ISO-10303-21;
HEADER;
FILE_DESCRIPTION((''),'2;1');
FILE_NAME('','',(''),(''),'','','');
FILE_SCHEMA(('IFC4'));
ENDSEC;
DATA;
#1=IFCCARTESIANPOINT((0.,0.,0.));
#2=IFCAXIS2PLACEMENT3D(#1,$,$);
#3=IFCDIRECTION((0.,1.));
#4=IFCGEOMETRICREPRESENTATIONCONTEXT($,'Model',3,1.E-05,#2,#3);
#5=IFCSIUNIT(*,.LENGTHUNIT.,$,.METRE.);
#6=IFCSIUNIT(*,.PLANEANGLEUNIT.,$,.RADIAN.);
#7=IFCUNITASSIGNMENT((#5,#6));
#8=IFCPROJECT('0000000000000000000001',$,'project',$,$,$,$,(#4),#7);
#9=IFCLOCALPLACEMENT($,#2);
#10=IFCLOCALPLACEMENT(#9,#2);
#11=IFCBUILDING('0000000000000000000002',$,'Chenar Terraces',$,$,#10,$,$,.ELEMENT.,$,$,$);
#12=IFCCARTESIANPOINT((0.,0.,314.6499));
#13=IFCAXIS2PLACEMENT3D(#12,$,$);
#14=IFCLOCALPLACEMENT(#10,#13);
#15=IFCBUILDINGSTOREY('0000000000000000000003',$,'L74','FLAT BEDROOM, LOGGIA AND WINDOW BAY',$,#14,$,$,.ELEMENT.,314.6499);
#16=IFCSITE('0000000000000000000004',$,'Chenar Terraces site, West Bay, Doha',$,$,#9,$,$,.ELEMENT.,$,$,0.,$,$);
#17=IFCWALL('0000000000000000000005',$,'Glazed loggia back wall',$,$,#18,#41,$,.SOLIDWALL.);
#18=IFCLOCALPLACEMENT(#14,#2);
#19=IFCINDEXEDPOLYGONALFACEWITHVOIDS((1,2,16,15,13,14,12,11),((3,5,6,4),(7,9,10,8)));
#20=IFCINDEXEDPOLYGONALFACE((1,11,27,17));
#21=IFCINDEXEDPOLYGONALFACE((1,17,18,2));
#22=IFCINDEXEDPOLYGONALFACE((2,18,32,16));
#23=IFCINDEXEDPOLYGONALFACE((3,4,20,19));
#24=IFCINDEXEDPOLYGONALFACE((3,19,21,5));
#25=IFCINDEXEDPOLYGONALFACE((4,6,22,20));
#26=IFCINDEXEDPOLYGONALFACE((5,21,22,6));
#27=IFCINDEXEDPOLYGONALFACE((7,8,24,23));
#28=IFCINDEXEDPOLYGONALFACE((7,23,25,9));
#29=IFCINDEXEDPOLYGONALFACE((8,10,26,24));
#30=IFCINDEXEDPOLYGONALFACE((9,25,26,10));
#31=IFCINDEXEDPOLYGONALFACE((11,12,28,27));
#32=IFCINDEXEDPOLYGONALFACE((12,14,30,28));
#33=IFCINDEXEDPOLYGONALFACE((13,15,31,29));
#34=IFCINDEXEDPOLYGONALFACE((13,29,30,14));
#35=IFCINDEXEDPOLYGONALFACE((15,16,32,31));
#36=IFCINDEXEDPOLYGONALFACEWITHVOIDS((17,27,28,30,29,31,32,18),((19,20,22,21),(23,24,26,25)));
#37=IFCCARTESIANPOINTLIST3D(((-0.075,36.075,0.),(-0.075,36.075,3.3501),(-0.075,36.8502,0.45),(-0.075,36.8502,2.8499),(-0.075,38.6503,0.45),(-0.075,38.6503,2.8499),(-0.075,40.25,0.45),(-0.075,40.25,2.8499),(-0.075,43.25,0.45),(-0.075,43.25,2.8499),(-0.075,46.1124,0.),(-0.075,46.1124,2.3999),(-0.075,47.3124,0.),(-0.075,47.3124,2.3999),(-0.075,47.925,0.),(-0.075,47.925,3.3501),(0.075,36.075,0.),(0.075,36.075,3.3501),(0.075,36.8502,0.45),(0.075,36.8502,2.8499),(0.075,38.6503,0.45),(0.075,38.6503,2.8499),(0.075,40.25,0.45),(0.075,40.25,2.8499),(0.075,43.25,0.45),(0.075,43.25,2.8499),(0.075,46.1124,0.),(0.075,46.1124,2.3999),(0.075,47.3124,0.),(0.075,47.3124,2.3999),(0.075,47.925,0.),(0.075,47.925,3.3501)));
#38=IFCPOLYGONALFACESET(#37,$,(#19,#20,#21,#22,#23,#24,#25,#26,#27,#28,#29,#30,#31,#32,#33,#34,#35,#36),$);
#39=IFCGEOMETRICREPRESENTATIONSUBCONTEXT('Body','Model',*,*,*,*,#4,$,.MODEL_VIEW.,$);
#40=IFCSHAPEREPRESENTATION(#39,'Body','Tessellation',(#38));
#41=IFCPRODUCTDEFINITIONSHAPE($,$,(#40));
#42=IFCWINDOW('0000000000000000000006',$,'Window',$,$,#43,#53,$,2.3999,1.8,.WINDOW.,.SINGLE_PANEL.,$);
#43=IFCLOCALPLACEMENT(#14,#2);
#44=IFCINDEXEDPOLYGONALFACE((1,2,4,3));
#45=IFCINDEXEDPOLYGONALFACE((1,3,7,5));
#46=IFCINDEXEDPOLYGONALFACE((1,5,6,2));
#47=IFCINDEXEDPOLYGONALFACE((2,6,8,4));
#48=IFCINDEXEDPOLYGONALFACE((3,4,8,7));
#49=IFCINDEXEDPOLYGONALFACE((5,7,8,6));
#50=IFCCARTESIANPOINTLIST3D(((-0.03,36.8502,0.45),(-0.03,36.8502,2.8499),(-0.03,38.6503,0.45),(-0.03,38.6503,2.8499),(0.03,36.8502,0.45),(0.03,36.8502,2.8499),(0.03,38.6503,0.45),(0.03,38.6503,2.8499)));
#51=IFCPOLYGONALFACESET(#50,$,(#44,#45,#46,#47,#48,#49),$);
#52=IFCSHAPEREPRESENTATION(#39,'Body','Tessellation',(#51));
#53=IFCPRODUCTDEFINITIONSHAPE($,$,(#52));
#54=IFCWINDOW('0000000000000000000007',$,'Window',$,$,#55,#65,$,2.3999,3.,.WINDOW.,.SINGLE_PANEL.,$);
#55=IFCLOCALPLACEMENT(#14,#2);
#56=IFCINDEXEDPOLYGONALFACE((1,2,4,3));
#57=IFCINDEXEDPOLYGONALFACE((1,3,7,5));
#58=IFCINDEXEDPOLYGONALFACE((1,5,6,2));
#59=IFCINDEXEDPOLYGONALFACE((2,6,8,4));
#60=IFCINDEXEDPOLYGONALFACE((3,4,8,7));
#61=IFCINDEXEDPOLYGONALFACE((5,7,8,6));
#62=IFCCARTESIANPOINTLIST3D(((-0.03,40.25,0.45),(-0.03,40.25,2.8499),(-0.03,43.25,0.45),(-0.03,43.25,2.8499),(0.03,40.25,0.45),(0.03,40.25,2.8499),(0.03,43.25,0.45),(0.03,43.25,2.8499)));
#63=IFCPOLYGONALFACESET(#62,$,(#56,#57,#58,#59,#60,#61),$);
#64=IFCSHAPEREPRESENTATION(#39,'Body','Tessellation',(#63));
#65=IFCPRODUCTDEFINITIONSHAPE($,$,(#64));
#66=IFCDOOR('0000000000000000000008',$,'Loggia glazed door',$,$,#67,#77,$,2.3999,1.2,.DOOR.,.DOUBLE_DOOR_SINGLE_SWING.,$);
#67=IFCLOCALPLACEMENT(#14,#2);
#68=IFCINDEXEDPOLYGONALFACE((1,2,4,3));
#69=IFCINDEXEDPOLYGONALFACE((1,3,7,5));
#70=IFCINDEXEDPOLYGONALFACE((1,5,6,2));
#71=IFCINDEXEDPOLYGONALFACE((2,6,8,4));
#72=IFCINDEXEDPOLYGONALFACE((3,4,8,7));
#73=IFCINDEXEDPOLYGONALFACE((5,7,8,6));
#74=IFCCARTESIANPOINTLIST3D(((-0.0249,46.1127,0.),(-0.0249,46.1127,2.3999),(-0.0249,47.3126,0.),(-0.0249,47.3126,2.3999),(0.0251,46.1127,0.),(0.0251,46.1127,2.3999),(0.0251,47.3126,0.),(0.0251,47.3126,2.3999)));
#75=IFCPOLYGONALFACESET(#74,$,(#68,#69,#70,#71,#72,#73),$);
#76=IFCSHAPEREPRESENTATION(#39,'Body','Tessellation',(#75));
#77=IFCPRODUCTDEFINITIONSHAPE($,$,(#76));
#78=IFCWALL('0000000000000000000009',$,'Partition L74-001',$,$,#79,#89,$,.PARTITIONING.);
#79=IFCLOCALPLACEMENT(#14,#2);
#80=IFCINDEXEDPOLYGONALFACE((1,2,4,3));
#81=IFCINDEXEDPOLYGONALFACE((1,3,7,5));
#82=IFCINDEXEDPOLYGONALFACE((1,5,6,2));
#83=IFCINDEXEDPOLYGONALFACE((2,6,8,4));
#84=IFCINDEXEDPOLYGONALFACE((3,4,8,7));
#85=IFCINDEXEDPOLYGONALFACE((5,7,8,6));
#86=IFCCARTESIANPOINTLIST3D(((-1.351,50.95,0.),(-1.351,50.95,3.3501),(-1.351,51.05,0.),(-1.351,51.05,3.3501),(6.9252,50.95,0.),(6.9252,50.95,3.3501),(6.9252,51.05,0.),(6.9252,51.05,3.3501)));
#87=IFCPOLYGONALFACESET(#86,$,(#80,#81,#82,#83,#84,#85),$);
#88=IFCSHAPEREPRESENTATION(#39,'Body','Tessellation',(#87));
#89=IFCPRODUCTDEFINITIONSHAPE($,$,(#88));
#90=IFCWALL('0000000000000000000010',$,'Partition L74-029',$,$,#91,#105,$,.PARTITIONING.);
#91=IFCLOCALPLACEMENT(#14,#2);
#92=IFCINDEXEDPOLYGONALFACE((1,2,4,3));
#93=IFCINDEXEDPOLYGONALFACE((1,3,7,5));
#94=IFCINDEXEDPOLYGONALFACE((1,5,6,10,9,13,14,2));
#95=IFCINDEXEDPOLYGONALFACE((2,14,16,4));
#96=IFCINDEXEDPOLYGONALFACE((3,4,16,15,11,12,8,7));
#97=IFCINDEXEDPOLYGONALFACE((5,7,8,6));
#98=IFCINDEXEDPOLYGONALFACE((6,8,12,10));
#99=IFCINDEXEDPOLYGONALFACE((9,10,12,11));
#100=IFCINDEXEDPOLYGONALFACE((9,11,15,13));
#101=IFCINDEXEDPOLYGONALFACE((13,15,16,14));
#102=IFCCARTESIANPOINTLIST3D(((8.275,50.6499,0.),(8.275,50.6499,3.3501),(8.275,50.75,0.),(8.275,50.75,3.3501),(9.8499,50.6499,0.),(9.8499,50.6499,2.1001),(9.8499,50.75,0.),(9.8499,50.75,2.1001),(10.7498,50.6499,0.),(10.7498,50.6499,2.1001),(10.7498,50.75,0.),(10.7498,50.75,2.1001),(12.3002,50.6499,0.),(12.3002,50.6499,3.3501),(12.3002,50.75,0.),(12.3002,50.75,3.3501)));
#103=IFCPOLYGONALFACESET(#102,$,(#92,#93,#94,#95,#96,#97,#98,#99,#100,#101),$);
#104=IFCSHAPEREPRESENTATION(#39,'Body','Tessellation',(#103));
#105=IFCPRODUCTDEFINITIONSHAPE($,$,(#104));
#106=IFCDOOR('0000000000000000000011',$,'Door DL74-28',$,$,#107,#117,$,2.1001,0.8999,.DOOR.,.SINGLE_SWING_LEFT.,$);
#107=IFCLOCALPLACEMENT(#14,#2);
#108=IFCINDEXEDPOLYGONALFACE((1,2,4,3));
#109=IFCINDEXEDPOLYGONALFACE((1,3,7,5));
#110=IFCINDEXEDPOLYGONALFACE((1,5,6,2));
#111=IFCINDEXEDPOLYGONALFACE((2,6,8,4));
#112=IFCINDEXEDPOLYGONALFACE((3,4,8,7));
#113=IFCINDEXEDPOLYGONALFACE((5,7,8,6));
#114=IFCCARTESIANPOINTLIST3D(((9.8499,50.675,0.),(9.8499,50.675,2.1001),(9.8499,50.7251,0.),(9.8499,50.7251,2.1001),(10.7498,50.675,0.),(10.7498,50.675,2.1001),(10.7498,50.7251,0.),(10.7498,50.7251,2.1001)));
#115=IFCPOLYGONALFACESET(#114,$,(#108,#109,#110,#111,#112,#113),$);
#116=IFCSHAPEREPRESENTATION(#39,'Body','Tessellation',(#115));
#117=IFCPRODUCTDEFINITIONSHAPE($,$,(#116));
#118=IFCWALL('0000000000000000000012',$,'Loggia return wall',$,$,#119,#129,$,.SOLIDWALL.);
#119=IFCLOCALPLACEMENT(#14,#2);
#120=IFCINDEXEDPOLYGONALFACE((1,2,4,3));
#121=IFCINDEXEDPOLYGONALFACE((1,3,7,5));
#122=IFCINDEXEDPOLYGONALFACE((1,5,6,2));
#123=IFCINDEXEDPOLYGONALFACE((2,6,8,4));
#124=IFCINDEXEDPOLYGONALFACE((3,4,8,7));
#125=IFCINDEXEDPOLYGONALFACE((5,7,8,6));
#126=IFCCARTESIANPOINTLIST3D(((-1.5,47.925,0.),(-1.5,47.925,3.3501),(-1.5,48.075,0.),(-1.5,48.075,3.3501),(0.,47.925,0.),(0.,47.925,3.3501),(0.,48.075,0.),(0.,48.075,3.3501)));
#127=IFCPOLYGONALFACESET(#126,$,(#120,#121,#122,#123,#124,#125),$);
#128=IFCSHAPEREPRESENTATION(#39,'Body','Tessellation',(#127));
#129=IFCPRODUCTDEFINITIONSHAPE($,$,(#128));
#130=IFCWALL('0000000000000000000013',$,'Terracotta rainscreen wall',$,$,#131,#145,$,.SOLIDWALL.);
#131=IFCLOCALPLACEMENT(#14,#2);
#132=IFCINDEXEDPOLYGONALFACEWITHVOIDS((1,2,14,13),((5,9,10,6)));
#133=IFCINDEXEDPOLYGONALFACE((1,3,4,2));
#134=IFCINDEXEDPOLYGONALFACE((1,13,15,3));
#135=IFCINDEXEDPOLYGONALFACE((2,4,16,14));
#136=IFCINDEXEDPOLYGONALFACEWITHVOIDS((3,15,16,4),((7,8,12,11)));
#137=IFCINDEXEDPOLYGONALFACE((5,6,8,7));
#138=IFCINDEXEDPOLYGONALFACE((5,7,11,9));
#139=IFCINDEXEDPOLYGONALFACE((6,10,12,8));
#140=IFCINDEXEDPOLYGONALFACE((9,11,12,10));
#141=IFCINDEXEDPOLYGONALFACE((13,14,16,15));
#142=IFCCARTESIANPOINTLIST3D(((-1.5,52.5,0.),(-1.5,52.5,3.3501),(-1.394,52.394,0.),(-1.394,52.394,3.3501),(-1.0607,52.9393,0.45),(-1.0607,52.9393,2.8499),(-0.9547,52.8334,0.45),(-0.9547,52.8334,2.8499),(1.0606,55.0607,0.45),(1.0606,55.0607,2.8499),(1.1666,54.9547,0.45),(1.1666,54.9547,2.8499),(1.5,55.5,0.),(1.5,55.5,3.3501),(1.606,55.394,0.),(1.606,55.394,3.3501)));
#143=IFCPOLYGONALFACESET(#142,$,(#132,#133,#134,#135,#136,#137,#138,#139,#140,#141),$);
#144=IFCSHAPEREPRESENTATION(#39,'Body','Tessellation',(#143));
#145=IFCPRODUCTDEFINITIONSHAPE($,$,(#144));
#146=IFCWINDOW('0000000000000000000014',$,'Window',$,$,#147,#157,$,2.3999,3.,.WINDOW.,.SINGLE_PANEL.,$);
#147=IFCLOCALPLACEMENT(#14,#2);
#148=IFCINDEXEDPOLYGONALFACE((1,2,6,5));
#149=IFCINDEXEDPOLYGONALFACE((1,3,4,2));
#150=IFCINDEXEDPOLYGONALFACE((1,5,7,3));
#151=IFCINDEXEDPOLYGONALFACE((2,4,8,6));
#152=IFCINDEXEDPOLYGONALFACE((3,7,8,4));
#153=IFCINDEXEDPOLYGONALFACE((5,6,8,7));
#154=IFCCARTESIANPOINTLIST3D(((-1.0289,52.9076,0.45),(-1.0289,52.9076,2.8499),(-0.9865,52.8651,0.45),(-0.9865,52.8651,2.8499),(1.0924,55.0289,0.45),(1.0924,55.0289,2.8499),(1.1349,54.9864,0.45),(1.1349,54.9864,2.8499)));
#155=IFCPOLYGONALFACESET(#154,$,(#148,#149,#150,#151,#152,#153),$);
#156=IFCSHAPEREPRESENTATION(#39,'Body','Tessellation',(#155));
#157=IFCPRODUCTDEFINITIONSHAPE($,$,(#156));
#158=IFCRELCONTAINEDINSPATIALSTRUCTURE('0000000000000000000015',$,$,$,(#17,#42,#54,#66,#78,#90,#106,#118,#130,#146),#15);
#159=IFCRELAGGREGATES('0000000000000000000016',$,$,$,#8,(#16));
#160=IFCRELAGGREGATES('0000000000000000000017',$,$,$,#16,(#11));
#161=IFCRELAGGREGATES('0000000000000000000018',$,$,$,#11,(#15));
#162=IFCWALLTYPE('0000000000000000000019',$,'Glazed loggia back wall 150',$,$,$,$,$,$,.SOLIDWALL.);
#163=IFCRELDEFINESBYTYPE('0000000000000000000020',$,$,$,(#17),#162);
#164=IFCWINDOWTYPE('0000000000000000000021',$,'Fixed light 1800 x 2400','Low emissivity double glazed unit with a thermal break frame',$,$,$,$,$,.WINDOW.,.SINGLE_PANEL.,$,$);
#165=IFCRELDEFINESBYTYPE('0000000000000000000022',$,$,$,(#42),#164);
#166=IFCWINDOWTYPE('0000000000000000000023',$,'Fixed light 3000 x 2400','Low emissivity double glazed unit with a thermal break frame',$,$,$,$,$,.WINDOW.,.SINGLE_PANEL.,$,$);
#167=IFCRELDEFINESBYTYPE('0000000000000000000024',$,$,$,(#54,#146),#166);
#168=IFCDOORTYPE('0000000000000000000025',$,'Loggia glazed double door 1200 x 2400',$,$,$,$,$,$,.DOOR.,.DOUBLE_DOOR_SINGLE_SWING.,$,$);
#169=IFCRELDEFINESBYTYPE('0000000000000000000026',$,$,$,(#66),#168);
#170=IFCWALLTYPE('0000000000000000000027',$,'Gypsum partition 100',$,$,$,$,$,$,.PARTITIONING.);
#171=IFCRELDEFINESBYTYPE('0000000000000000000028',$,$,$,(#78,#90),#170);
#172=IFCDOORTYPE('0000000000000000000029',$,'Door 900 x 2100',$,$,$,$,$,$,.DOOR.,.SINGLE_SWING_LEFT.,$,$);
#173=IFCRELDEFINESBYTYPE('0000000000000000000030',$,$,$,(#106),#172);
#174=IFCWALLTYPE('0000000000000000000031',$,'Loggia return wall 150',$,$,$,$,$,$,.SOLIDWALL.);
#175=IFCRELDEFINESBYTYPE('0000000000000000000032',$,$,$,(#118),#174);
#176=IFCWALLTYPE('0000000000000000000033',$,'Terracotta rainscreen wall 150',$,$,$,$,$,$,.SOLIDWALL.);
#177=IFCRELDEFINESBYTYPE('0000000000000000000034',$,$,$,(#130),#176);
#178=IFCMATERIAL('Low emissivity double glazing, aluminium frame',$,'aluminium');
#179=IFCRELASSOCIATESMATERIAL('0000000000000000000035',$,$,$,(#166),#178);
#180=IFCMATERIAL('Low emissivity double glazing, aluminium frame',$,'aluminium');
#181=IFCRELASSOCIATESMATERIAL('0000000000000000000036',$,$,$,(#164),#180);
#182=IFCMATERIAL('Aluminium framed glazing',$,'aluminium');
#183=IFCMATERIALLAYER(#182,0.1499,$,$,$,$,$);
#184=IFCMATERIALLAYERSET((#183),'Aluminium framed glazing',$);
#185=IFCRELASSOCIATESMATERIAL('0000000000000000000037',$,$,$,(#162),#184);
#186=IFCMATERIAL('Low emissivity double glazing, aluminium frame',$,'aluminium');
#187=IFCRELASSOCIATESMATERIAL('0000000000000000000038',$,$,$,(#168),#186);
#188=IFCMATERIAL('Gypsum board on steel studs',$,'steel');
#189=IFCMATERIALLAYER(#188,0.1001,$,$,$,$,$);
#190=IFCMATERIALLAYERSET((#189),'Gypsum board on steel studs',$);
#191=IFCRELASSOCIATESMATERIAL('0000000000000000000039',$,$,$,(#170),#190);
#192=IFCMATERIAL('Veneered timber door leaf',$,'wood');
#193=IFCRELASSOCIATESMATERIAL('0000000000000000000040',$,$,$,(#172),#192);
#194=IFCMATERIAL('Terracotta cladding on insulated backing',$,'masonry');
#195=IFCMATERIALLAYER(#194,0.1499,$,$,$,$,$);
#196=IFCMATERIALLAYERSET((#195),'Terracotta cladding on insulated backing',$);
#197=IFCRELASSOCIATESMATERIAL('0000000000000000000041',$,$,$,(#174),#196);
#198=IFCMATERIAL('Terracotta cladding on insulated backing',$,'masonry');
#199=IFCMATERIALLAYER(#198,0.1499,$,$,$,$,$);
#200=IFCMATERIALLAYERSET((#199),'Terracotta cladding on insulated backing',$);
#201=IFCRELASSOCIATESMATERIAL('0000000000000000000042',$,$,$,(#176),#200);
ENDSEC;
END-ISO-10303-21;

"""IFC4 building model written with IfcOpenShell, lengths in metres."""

from ifc_helpers import new_model, si_unit, direction, frame, frame_2d, origin, place, context, subcontext, project, spatial, rectangle, extrude, material, layer, layer_set, type_object, element, fill, save


model = new_model("IFC4")

# Units and contexts
model_context = context("Model", 3, precision=1e-05, world=origin(), true_north=direction((0.0, 1.0)))
body_context = subcontext(model_context, "Body", "Model", "MODEL_VIEW")
ifc_project = project(units=[si_unit("LENGTHUNIT", "METRE"), si_unit("PLANEANGLEUNIT", "RADIAN")], contexts=[model_context])

# Site, building, storey
site_placement = place(None, origin())
site = spatial("IfcSite", under=ifc_project, at=site_placement, Name="Chenar Terraces site, West Bay, Doha", CompositionType="ELEMENT", RefElevation=0.0)
building_placement = place(site_placement, origin())
building = spatial("IfcBuilding", under=site, at=building_placement, Name="Chenar Terraces", CompositionType="ELEMENT")
storey_placement = place(building_placement, frame((0.0, 0.0, 314.6499)))
storey = spatial("IfcBuildingStorey", under=building, at=storey_placement, Name="L74", Description="FLAT BEDROOM, LOGGIA AND WINDOW BAY", CompositionType="ELEMENT", Elevation=314.6499)

# Shared definitions
ifc_material_1 = material(Name="Low emissivity double glazing, aluminium frame", Category="aluminium")
window_type_1 = type_object("IfcWindowType", Name="Fixed light 3000 x 2400", Description="Low emissivity double glazed unit with a thermal break frame", PartitioningType="SINGLE_PANEL", PredefinedType="WINDOW", material=ifc_material_1)
ifc_material_2 = material(Name="Low emissivity double glazing, aluminium frame", Category="aluminium")
window_type_2 = type_object("IfcWindowType", Name="Fixed light 1800 x 2400", Description="Low emissivity double glazed unit with a thermal break frame", PartitioningType="SINGLE_PANEL", PredefinedType="WINDOW", material=ifc_material_2)

# Wall, openings, windows, door
ifc_material_3 = material(Name="Aluminium framed glazing", Category="aluminium")
ifc_layer_1 = layer(ifc_material_3, 0.1499)
ifc_layer_set_1 = layer_set([ifc_layer_1], Name="Aluminium framed glazing")
wall_type_1 = type_object("IfcWallType", Name="Glazed loggia back wall 150", PredefinedType="SOLIDWALL", material=ifc_layer_set_1)
wall_1_placement = place(storey_placement, frame((0.0, 47.925, 0.0), z_axis=(0.0, 0.0, 1.0), x_axis=(0.0, -1.0, 0.0)))
wall_1 = element("IfcWall", 1, at=wall_1_placement, inside=storey, type_object=wall_type_1, Name="Glazed loggia back wall", PredefinedType="SOLIDWALL", context=body_context, shape_type="SweptSolid", body=[
    extrude(rectangle(XDim=11.8501, YDim=0.1499, at=frame_2d((5.925, 0.0))), origin(), (0.0, 0.0, 1.0), 3.3501),
])
opening_1_placement = place(wall_1_placement, frame((0.6125, 0.0, 0.0)))
opening_1 = element("IfcOpeningElement", 2, at=opening_1_placement, cuts=wall_1, PredefinedType="OPENING", context=body_context, shape_type="SweptSolid", body=[
    extrude(rectangle(XDim=1.2, YDim=2.3999, at=frame_2d((0.6001, 1.2))), frame((0.0, 0.085, 0.0), z_axis=(0.0, -1.0, 0.0), x_axis=(1.0, 0.0, 0.0)), (0.0, 0.0, 1.0), 0.1699),
])
opening_2_placement = place(wall_1_placement, frame((4.675, 0.0, 0.45)))
opening_2 = element("IfcOpeningElement", 3, at=opening_2_placement, cuts=wall_1, PredefinedType="OPENING", context=body_context, shape_type="SweptSolid", body=[
    extrude(rectangle(XDim=3.0, YDim=2.3999, at=frame_2d((1.5, 1.2))), frame((0.0, 0.085, 0.0), z_axis=(0.0, -1.0, 0.0), x_axis=(1.0, 0.0, 0.0)), (0.0, 0.0, 1.0), 0.1699),
])
opening_3_placement = place(wall_1_placement, frame((9.2749, 0.0, 0.45)))
opening_3 = element("IfcOpeningElement", 4, at=opening_3_placement, cuts=wall_1, PredefinedType="OPENING", context=body_context, shape_type="SweptSolid", body=[
    extrude(rectangle(XDim=1.8, YDim=2.3999, at=frame_2d((0.8999, 1.2))), frame((0.0, 0.085, 0.0), z_axis=(0.0, -1.0, 0.0), x_axis=(1.0, 0.0, 0.0)), (0.0, 0.0, 1.0), 0.1699),
])
window_1_placement = place(opening_3_placement, origin())
window_1 = element("IfcWindow", 5, at=window_1_placement, inside=storey, type_object=window_type_2, Name="Window", OverallHeight=2.3999, OverallWidth=1.8, PartitioningType="SINGLE_PANEL", PredefinedType="WINDOW", context=body_context, shape_type="SweptSolid", body=[
    extrude(rectangle(XDim=1.8, YDim=2.3999, at=frame_2d((0.8999, 1.2))), frame((0.0, 0.03, 0.0), z_axis=(0.0, -1.0, 0.0), x_axis=(1.0, 0.0, 0.0)), (0.0, 0.0, 1.0), 0.0601),
])
fill(opening_3, window_1)
window_2_placement = place(opening_2_placement, origin())
window_2 = element("IfcWindow", 6, at=window_2_placement, inside=storey, type_object=window_type_1, Name="Window", OverallHeight=2.3999, OverallWidth=3.0, PartitioningType="SINGLE_PANEL", PredefinedType="WINDOW", context=body_context, shape_type="SweptSolid", body=[
    extrude(rectangle(XDim=3.0, YDim=2.3999, at=frame_2d((1.5, 1.2))), frame((0.0, 0.03, 0.0), z_axis=(0.0, -1.0, 0.0), x_axis=(1.0, 0.0, 0.0)), (0.0, 0.0, 1.0), 0.0601),
])
fill(opening_2, window_2)
ifc_material_4 = material(Name="Low emissivity double glazing, aluminium frame", Category="aluminium")
door_type_1 = type_object("IfcDoorType", Name="Loggia glazed double door 1200 x 2400", OperationType="DOUBLE_DOOR_SINGLE_SWING", PredefinedType="DOOR", material=ifc_material_4)
door_1_placement = place(opening_1_placement, frame((1.2, 0.0, 0.0), z_axis=(0.0, 0.0, 1.0), x_axis=(-1.0, 0.0, 0.0)))
door_1 = element("IfcDoor", 7, at=door_1_placement, inside=storey, type_object=door_type_1, Name="Loggia glazed door", OperationType="DOUBLE_DOOR_SINGLE_SWING", OverallHeight=2.3999, OverallWidth=1.2, PredefinedType="DOOR", context=body_context, shape_type="SweptSolid", body=[
    extrude(rectangle(XDim=1.2, YDim=2.3999, at=frame_2d((0.6001, 1.2))), frame((0.0, 0.0249, 0.0), z_axis=(0.0, -1.0, 0.0), x_axis=(1.0, 0.0, 0.0)), (0.0, 0.0, 1.0), 0.05),
])
fill(opening_1, door_1)

# Wall
ifc_material_5 = material(Name="Gypsum board on steel studs", Category="steel")
ifc_layer_2 = layer(ifc_material_5, 0.1001)
ifc_layer_set_2 = layer_set([ifc_layer_2], Name="Gypsum board on steel studs")
wall_type_2 = type_object("IfcWallType", Name="Gypsum partition 100", PredefinedType="PARTITIONING", material=ifc_layer_set_2)
wall_2_placement = place(storey_placement, frame((-1.3511, 51.0, 0.0), z_axis=(0.0, 0.0, 1.0), x_axis=(1.0, 0.0, 0.0)))
element("IfcWall", 8, at=wall_2_placement, inside=storey, type_object=wall_type_2, Name="Partition L74-001", PredefinedType="PARTITIONING", context=body_context, shape_type="SweptSolid", body=[
    extrude(rectangle(XDim=8.2761, YDim=0.1001, at=frame_2d((4.1382, 0.0))), origin(), (0.0, 0.0, 1.0), 3.3501),
])

# Wall, opening, door
wall_3_placement = place(storey_placement, frame((8.2749, 50.7, 0.0), z_axis=(0.0, 0.0, 1.0), x_axis=(1.0, 0.0, 0.0)))
wall_3 = element("IfcWall", 9, at=wall_3_placement, inside=storey, type_object=wall_type_2, Name="Partition L74-029", PredefinedType="PARTITIONING", context=body_context, shape_type="SweptSolid", body=[
    extrude(rectangle(XDim=4.0251, YDim=0.1001, at=frame_2d((2.0127, 0.0))), origin(), (0.0, 0.0, 1.0), 3.3501),
])
opening_4_placement = place(wall_3_placement, frame((1.575, 0.0, 0.0)))
opening_4 = element("IfcOpeningElement", 10, at=opening_4_placement, cuts=wall_3, PredefinedType="OPENING", context=body_context, shape_type="SweptSolid", body=[
    extrude(rectangle(XDim=0.8999, YDim=2.1001, at=frame_2d((0.45, 1.05))), frame((0.0, 0.0601, 0.0), z_axis=(0.0, -1.0, 0.0), x_axis=(1.0, 0.0, 0.0)), (0.0, 0.0, 1.0), 0.1201),
])
ifc_material_6 = material(Name="Veneered timber door leaf", Category="wood")
door_type_2 = type_object("IfcDoorType", Name="Door 900 x 2100", OperationType="SINGLE_SWING_LEFT", PredefinedType="DOOR", material=ifc_material_6)
door_2_placement = place(opening_4_placement, frame((0.8999, 0.0, 0.0), z_axis=(0.0, 0.0, 1.0), x_axis=(-1.0, 0.0, 0.0)))
door_2 = element("IfcDoor", 11, at=door_2_placement, inside=storey, type_object=door_type_2, Name="Door DL74-28", OperationType="SINGLE_SWING_LEFT", OverallHeight=2.1001, OverallWidth=0.8999, PredefinedType="DOOR", context=body_context, shape_type="SweptSolid", body=[
    extrude(rectangle(XDim=0.8999, YDim=2.1001, at=frame_2d((0.45, 1.05))), frame((0.0, 0.0249, 0.0), z_axis=(0.0, -1.0, 0.0), x_axis=(1.0, 0.0, 0.0)), (0.0, 0.0, 1.0), 0.05),
])
fill(opening_4, door_2)

# Wall
ifc_material_7 = material(Name="Terracotta cladding on insulated backing", Category="masonry")
ifc_layer_3 = layer(ifc_material_7, 0.1499)
ifc_layer_set_3 = layer_set([ifc_layer_3], Name="Terracotta cladding on insulated backing")
wall_type_3 = type_object("IfcWallType", Name="Loggia return wall 150", PredefinedType="SOLIDWALL", material=ifc_layer_set_3)
wall_4_placement = place(storey_placement, frame((-1.5, 48.0, 0.0), z_axis=(0.0, 0.0, 1.0), x_axis=(1.0, 0.0, 0.0)))
element("IfcWall", 12, at=wall_4_placement, inside=storey, type_object=wall_type_3, Name="Loggia return wall", PredefinedType="SOLIDWALL", context=body_context, shape_type="SweptSolid", body=[
    extrude(rectangle(XDim=1.5, YDim=0.1499, at=frame_2d((0.75, 0.0))), origin(), (0.0, 0.0, 1.0), 3.3501),
])

# Wall, opening, window
ifc_material_8 = material(Name="Terracotta cladding on insulated backing", Category="masonry")
ifc_layer_4 = layer(ifc_material_8, 0.1499)
ifc_layer_set_4 = layer_set([ifc_layer_4], Name="Terracotta cladding on insulated backing")
wall_type_4 = type_object("IfcWallType", Name="Terracotta rainscreen wall 150", PredefinedType="SOLIDWALL", material=ifc_layer_set_4)
wall_5_placement = place(storey_placement, frame((1.553, 55.447, 0.0), z_axis=(0.0, 0.0, 1.0), x_axis=(-0.707107, -0.707107, 0.0)))
wall_5 = element("IfcWall", 13, at=wall_5_placement, inside=storey, type_object=wall_type_4, Name="Terracotta rainscreen wall", PredefinedType="SOLIDWALL", context=body_context, shape_type="SweptSolid", body=[
    extrude(rectangle(XDim=4.2427, YDim=0.1499, at=frame_2d((2.1213, 0.0))), origin(), (0.0, 0.0, 1.0), 3.3501),
])
opening_5_placement = place(wall_5_placement, frame((0.6213, 0.0, 0.45)))
opening_5 = element("IfcOpeningElement", 14, at=opening_5_placement, cuts=wall_5, PredefinedType="OPENING", context=body_context, shape_type="SweptSolid", body=[
    extrude(rectangle(XDim=3.0, YDim=2.3999, at=frame_2d((1.5, 1.2))), frame((0.0, 0.085, 0.0), z_axis=(0.0, -1.0, 0.0), x_axis=(1.0, 0.0, 0.0)), (0.0, 0.0, 1.0), 0.1699),
])
window_3_placement = place(opening_5_placement, origin())
window_3 = element("IfcWindow", 15, at=window_3_placement, inside=storey, type_object=window_type_1, Name="Window", OverallHeight=2.3999, OverallWidth=3.0, PartitioningType="SINGLE_PANEL", PredefinedType="WINDOW", context=body_context, shape_type="SweptSolid", body=[
    extrude(rectangle(XDim=3.0, YDim=2.3999, at=frame_2d((1.5, 1.2))), frame((0.0, 0.03, 0.0), z_axis=(0.0, -1.0, 0.0), x_axis=(1.0, 0.0, 0.0)), (0.0, 0.0, 1.0), 0.0601),
])
fill(opening_5, window_3)

save(model, "model.ifc")
